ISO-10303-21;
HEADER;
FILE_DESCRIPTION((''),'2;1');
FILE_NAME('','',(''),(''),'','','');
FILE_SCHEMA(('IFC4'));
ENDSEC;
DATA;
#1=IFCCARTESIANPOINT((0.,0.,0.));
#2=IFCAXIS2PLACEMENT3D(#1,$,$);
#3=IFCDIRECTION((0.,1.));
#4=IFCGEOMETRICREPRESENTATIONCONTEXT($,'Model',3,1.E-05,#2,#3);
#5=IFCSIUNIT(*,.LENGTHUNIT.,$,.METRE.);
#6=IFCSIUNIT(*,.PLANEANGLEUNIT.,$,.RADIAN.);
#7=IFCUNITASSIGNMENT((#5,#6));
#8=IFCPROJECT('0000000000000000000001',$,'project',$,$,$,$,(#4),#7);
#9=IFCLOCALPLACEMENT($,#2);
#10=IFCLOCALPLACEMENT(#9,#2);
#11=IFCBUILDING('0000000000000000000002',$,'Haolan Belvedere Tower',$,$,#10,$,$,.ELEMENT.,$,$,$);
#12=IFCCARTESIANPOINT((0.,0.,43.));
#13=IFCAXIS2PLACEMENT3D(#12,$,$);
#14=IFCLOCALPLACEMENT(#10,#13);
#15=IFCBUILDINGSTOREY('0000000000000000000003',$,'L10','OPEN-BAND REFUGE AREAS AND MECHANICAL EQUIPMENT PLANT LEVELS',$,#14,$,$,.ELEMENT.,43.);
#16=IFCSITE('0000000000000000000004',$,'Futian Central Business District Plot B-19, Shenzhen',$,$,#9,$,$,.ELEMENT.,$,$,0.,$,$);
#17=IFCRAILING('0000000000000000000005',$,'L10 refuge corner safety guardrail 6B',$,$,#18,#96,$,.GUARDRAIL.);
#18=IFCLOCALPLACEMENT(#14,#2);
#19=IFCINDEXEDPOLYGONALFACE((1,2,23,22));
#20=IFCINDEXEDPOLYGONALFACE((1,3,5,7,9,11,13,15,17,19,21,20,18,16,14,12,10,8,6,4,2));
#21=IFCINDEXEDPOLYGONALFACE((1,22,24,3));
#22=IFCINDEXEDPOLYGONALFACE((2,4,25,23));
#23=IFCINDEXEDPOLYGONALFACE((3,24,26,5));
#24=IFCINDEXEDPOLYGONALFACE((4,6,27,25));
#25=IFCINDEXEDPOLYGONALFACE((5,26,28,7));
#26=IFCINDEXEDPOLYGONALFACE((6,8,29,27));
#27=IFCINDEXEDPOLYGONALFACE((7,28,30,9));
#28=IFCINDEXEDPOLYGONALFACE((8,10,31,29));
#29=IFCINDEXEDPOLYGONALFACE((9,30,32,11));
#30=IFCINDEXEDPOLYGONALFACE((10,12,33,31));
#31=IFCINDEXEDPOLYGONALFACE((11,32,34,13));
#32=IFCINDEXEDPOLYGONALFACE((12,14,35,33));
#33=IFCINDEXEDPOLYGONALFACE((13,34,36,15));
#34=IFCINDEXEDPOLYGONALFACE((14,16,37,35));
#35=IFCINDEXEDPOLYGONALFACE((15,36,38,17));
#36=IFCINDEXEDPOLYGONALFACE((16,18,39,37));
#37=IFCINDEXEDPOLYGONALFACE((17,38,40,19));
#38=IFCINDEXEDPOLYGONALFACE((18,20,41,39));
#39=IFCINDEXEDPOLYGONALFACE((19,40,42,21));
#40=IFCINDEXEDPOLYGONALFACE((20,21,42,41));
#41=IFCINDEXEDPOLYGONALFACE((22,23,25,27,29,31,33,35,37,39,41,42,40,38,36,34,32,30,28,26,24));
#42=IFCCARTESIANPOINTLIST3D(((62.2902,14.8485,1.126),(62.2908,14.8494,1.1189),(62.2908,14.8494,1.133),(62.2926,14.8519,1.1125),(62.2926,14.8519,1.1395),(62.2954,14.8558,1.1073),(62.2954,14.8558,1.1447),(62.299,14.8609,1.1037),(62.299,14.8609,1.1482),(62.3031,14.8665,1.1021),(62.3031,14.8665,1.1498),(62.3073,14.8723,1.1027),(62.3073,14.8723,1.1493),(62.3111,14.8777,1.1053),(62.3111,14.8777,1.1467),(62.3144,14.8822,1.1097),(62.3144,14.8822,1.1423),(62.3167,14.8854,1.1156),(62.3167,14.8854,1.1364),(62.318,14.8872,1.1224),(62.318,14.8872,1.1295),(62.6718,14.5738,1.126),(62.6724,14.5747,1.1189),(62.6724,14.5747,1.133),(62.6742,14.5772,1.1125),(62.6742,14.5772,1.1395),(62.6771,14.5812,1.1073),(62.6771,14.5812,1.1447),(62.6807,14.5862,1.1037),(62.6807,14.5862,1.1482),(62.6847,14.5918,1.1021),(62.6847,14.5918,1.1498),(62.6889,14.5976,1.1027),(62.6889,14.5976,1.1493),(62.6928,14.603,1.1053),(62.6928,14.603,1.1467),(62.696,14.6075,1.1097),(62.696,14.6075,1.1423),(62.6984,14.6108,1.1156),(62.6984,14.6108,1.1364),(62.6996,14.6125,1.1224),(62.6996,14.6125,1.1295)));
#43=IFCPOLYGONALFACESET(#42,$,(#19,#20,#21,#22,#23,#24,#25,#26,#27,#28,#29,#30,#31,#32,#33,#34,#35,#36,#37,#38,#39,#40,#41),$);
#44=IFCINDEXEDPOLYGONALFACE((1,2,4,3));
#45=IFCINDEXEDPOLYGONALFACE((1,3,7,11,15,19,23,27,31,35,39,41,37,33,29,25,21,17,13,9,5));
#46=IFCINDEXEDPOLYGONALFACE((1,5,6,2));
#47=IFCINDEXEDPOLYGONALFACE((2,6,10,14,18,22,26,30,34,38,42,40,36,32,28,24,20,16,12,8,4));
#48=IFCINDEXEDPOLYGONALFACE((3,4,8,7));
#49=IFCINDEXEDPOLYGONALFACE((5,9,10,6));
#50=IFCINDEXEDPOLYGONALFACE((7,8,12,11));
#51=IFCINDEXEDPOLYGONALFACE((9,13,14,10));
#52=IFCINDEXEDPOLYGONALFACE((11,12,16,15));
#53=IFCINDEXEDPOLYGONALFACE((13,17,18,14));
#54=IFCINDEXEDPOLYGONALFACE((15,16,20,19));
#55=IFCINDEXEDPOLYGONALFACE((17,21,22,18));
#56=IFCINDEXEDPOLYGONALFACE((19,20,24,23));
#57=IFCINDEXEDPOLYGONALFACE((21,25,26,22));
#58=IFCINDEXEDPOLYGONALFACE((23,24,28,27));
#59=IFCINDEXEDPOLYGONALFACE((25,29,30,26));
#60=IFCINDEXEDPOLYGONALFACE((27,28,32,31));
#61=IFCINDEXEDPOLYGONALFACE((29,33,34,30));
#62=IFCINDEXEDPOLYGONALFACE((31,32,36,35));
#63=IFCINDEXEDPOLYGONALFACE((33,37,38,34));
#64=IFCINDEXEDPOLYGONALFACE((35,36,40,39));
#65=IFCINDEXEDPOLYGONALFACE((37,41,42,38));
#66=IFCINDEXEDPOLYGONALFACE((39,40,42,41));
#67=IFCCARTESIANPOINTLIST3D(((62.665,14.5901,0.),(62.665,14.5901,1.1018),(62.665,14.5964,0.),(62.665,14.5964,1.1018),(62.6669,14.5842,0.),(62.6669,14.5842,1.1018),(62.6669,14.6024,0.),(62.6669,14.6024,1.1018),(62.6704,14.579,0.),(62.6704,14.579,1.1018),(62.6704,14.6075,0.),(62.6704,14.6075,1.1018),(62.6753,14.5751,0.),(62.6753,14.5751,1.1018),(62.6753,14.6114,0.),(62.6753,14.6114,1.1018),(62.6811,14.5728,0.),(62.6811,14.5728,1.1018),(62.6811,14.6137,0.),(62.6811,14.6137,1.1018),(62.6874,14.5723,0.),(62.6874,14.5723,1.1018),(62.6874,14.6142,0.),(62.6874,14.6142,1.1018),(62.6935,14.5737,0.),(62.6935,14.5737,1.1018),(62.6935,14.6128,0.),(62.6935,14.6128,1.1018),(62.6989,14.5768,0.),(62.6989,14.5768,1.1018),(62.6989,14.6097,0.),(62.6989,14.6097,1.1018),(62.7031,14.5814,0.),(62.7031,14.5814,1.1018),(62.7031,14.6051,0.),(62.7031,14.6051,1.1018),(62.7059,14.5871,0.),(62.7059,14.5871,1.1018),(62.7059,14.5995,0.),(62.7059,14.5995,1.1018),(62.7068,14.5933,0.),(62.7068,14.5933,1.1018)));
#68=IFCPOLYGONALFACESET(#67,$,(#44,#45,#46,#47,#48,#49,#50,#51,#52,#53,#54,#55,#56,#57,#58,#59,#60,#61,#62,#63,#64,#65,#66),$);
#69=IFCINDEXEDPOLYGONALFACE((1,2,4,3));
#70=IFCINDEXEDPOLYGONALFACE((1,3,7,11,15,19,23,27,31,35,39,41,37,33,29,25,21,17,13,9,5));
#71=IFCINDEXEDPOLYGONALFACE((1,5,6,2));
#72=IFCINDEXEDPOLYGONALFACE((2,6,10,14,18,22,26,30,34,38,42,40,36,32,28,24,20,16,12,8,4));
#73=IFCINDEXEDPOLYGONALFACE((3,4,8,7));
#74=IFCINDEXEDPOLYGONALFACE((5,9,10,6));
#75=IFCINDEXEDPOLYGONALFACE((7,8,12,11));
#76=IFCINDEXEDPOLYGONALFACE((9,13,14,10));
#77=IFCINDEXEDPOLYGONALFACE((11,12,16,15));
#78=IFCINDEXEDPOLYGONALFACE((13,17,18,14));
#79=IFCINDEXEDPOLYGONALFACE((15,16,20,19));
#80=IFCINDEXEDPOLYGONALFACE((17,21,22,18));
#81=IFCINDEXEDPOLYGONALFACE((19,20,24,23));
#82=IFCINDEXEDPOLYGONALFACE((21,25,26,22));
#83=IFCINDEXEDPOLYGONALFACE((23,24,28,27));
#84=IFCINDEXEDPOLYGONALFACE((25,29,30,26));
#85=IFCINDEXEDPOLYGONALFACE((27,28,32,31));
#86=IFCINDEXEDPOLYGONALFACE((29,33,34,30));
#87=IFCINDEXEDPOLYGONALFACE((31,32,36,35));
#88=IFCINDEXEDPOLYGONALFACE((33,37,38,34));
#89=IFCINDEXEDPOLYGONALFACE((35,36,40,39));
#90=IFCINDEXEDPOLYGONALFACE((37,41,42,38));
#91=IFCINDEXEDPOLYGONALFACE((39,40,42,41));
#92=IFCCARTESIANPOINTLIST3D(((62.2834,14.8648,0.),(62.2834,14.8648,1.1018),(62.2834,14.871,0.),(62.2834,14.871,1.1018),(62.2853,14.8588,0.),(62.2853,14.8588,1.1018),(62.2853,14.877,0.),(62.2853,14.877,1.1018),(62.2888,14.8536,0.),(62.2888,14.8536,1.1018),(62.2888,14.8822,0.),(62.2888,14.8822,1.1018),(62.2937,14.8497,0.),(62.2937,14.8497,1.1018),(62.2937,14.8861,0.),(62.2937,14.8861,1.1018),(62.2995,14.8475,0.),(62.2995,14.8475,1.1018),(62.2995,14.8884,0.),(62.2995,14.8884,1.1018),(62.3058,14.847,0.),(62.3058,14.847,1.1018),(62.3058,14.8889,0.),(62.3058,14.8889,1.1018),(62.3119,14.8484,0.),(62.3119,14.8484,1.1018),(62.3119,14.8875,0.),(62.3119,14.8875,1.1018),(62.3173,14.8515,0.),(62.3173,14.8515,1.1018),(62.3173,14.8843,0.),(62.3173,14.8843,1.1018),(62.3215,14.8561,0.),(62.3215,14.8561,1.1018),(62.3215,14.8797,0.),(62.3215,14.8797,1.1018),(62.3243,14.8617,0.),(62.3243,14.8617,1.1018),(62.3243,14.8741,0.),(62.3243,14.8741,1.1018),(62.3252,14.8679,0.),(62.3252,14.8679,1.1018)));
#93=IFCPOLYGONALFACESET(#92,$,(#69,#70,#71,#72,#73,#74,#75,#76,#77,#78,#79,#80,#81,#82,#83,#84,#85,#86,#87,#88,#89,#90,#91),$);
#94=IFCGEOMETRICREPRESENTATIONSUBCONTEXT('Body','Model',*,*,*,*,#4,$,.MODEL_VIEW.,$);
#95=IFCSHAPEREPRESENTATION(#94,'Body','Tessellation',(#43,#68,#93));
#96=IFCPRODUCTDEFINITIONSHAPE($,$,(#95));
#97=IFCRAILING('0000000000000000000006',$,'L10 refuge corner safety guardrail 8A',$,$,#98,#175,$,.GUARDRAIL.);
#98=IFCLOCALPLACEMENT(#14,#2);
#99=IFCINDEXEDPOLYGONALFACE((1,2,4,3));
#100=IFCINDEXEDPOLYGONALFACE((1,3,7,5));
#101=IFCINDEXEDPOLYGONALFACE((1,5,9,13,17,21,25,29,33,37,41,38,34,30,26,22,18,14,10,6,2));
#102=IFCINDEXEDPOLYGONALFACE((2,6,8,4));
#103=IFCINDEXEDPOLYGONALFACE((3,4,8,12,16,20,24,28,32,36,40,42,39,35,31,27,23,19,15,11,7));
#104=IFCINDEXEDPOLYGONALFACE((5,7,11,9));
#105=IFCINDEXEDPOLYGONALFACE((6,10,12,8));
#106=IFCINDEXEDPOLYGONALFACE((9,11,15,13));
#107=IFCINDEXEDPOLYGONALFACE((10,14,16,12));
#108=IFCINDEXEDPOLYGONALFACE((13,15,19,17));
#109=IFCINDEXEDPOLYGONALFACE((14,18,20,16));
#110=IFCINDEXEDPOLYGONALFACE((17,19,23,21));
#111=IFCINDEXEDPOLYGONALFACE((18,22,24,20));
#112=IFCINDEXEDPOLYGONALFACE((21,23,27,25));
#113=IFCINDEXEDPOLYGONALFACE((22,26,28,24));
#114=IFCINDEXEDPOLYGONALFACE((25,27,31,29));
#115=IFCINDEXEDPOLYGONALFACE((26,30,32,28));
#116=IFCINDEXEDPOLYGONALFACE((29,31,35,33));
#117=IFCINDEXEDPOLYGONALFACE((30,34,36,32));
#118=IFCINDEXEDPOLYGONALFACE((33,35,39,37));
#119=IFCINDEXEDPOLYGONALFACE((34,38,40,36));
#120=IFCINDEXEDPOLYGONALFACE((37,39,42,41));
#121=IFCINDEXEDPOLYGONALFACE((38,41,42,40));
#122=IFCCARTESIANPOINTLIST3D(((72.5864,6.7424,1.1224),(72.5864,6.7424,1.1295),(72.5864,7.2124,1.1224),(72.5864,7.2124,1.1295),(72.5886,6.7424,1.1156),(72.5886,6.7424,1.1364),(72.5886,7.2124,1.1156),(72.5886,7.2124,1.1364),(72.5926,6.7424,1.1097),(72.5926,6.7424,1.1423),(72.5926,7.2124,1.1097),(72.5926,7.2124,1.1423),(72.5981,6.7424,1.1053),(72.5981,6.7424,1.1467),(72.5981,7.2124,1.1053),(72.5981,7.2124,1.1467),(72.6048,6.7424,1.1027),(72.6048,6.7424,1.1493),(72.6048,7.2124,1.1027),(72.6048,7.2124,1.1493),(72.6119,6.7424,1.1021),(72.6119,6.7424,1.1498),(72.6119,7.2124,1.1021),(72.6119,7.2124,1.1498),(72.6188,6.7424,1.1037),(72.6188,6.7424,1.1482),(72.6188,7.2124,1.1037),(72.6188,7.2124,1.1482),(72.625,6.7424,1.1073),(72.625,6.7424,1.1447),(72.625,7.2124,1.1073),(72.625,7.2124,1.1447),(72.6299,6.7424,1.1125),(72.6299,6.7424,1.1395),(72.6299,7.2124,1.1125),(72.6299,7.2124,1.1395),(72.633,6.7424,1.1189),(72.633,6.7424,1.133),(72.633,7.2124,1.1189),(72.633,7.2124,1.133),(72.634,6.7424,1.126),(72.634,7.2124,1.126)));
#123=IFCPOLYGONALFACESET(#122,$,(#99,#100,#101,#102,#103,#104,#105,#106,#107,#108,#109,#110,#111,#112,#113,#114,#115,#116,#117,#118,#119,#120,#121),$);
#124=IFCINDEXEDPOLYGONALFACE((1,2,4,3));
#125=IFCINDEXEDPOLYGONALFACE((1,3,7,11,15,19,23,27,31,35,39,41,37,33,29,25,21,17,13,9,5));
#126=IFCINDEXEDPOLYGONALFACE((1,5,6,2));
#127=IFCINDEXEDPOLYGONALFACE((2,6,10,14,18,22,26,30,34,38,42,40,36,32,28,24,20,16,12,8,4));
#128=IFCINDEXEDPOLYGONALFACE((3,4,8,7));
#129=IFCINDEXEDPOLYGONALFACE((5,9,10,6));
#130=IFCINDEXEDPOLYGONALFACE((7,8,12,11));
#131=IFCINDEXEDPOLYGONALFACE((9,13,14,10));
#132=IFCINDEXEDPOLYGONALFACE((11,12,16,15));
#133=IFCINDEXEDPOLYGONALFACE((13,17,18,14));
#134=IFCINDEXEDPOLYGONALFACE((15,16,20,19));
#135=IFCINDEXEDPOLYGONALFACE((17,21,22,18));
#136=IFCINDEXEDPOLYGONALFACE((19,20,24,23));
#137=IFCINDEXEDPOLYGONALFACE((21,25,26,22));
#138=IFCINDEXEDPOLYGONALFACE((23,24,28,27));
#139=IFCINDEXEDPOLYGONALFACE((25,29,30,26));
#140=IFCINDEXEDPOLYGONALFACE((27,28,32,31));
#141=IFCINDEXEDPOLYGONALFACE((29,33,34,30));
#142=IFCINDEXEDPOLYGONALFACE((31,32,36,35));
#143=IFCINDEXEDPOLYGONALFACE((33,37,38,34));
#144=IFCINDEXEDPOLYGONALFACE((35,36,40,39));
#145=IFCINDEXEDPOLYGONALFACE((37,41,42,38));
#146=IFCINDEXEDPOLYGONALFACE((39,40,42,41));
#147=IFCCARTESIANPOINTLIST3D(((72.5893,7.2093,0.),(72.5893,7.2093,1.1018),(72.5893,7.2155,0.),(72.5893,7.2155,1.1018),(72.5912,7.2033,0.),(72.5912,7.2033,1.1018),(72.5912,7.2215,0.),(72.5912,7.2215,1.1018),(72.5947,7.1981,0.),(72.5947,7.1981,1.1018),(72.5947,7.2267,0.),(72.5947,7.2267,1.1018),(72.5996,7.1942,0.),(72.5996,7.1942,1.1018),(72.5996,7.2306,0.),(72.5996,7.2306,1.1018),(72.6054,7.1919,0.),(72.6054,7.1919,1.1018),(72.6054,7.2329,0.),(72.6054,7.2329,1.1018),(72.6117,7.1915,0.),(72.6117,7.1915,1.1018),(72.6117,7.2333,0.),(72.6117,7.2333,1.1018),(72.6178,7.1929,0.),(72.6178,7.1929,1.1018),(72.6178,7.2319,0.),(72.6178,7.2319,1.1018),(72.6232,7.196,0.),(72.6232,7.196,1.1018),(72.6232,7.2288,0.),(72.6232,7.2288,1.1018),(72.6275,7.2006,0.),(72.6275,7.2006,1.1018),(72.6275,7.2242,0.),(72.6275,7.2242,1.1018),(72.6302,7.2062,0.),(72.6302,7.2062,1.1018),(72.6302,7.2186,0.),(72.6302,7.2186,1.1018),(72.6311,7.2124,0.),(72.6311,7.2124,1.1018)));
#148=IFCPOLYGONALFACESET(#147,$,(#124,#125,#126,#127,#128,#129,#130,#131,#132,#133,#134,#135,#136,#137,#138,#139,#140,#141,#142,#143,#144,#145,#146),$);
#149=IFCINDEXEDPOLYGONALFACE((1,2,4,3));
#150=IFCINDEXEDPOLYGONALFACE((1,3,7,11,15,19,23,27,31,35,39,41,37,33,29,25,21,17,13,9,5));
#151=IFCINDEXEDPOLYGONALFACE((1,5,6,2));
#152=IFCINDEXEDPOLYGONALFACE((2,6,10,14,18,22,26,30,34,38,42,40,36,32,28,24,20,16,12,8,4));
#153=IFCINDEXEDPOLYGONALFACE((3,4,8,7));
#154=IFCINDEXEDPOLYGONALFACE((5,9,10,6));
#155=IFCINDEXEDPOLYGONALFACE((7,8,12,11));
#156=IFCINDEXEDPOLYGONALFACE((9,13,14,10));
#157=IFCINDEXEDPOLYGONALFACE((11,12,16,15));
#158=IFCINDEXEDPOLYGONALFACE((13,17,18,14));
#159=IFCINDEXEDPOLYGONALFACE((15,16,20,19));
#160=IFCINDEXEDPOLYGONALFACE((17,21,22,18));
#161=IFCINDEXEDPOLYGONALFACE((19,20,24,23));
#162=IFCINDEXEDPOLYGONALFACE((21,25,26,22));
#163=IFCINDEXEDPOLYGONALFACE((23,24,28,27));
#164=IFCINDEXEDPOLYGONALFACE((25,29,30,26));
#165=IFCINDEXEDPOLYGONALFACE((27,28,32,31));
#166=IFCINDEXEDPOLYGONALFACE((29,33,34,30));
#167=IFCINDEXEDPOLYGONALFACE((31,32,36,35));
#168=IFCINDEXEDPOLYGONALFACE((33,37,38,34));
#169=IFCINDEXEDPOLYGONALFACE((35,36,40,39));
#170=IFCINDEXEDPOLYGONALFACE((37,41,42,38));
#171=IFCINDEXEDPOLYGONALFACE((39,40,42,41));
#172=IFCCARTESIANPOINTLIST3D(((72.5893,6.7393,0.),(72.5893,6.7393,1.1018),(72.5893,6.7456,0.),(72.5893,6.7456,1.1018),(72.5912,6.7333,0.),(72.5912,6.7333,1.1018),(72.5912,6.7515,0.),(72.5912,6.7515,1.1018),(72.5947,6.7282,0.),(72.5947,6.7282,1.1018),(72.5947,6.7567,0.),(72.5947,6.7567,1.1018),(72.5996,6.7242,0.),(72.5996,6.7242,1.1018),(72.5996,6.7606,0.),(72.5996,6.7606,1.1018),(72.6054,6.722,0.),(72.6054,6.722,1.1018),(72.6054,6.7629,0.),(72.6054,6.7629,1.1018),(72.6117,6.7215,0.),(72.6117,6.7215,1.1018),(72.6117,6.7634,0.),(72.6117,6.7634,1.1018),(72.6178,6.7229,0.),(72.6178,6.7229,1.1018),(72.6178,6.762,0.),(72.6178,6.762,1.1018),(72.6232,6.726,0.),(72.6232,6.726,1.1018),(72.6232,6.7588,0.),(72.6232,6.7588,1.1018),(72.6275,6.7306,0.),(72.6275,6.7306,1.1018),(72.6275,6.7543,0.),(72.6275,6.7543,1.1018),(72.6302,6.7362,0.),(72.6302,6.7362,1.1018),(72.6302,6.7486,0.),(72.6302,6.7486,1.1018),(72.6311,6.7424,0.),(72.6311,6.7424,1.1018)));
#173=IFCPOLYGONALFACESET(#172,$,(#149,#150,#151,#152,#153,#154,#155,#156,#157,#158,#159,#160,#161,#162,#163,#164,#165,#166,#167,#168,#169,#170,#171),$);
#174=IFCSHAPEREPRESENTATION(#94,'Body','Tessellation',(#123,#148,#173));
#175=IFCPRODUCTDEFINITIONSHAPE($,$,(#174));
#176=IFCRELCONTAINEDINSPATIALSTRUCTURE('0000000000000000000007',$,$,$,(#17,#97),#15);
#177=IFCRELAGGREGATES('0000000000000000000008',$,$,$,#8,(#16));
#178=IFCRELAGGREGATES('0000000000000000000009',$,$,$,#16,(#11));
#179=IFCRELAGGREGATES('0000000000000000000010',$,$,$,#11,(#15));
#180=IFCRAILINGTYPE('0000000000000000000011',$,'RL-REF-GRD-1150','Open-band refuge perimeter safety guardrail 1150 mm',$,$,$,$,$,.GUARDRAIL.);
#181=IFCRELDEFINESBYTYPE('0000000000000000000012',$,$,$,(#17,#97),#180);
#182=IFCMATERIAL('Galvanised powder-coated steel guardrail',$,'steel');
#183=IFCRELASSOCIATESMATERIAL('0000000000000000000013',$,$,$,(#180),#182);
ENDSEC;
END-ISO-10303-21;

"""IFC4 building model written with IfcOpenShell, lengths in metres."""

from ifc_helpers import new_model, si_unit, direction, frame, origin, origin_2d, place, context, subcontext, project, spatial, circle, extrude, material, type_object, element, save


model = new_model("IFC4")

# Units and contexts
model_context = context("Model", 3, precision=1e-05, world=origin(), true_north=direction((0.0, 1.0)))
body_context = subcontext(model_context, "Body", "Model", "MODEL_VIEW")
ifc_project = project(units=[si_unit("LENGTHUNIT", "METRE"), si_unit("PLANEANGLEUNIT", "RADIAN")], contexts=[model_context])

# Site, building, storey
site_placement = place(None, origin())
site = spatial("IfcSite", under=ifc_project, at=site_placement, Name="Futian Central Business District Plot B-19, Shenzhen", CompositionType="ELEMENT", RefElevation=0.0)
building_placement = place(site_placement, origin())
building = spatial("IfcBuilding", under=site, at=building_placement, Name="Haolan Belvedere Tower", CompositionType="ELEMENT")
storey_placement = place(building_placement, frame((0.0, 0.0, 43.0)))
storey = spatial("IfcBuildingStorey", under=building, at=storey_placement, Name="L10", Description="OPEN-BAND REFUGE AREAS AND MECHANICAL EQUIPMENT PLANT LEVELS", CompositionType="ELEMENT", Elevation=43.0)

# Railings
ifc_material_1 = material(Name="Galvanised powder-coated steel guardrail", Category="steel")
railing_type = type_object("IfcRailingType", Name="RL-REF-GRD-1150", Description="Open-band refuge perimeter safety guardrail 1150 mm", PredefinedType="GUARDRAIL", material=ifc_material_1)
railing_1_placement = place(storey_placement, frame((62.6858, 14.5933, 0.0)))
element("IfcRailing", 1, at=railing_1_placement, inside=storey, type_object=railing_type, Name="L10 refuge corner safety guardrail 6B", PredefinedType="GUARDRAIL", context=body_context, shape_type="SweptSolid", body=[
    extrude(circle(Radius=0.0239, at=origin_2d()), frame((0.0, 0.0, 1.126), z_axis=(-0.811623, 0.584182, 0.0), x_axis=(-0.584182, -0.811623, 0.0)), (0.0, 0.0, 1.0), 0.4702),
    extrude(circle(Radius=0.021, at=origin_2d()), origin(), (0.0, 0.0, 1.0), 1.1018),
    extrude(circle(Radius=0.021, at=origin_2d()), frame((-0.3816, 0.2747, 0.0)), (0.0, 0.0, 1.0), 1.1018),
])
railing_2_placement = place(storey_placement, frame((72.6101, 7.2124, 0.0)))
element("IfcRailing", 2, at=railing_2_placement, inside=storey, type_object=railing_type, Name="L10 refuge corner safety guardrail 8A", PredefinedType="GUARDRAIL", context=body_context, shape_type="SweptSolid", body=[
    extrude(circle(Radius=0.0239, at=origin_2d()), frame((0.0, 0.0, 1.126), z_axis=(0.0, -1.0, 0.0), x_axis=(1.0, 0.0, 0.0)), (0.0, 0.0, 1.0), 0.47),
    extrude(circle(Radius=0.021, at=origin_2d()), origin(), (0.0, 0.0, 1.0), 1.1018),
    extrude(circle(Radius=0.021, at=origin_2d()), frame((0.0, -0.47, 0.0)), (0.0, 0.0, 1.0), 1.1018),
])

save(model, "model.ifc")
